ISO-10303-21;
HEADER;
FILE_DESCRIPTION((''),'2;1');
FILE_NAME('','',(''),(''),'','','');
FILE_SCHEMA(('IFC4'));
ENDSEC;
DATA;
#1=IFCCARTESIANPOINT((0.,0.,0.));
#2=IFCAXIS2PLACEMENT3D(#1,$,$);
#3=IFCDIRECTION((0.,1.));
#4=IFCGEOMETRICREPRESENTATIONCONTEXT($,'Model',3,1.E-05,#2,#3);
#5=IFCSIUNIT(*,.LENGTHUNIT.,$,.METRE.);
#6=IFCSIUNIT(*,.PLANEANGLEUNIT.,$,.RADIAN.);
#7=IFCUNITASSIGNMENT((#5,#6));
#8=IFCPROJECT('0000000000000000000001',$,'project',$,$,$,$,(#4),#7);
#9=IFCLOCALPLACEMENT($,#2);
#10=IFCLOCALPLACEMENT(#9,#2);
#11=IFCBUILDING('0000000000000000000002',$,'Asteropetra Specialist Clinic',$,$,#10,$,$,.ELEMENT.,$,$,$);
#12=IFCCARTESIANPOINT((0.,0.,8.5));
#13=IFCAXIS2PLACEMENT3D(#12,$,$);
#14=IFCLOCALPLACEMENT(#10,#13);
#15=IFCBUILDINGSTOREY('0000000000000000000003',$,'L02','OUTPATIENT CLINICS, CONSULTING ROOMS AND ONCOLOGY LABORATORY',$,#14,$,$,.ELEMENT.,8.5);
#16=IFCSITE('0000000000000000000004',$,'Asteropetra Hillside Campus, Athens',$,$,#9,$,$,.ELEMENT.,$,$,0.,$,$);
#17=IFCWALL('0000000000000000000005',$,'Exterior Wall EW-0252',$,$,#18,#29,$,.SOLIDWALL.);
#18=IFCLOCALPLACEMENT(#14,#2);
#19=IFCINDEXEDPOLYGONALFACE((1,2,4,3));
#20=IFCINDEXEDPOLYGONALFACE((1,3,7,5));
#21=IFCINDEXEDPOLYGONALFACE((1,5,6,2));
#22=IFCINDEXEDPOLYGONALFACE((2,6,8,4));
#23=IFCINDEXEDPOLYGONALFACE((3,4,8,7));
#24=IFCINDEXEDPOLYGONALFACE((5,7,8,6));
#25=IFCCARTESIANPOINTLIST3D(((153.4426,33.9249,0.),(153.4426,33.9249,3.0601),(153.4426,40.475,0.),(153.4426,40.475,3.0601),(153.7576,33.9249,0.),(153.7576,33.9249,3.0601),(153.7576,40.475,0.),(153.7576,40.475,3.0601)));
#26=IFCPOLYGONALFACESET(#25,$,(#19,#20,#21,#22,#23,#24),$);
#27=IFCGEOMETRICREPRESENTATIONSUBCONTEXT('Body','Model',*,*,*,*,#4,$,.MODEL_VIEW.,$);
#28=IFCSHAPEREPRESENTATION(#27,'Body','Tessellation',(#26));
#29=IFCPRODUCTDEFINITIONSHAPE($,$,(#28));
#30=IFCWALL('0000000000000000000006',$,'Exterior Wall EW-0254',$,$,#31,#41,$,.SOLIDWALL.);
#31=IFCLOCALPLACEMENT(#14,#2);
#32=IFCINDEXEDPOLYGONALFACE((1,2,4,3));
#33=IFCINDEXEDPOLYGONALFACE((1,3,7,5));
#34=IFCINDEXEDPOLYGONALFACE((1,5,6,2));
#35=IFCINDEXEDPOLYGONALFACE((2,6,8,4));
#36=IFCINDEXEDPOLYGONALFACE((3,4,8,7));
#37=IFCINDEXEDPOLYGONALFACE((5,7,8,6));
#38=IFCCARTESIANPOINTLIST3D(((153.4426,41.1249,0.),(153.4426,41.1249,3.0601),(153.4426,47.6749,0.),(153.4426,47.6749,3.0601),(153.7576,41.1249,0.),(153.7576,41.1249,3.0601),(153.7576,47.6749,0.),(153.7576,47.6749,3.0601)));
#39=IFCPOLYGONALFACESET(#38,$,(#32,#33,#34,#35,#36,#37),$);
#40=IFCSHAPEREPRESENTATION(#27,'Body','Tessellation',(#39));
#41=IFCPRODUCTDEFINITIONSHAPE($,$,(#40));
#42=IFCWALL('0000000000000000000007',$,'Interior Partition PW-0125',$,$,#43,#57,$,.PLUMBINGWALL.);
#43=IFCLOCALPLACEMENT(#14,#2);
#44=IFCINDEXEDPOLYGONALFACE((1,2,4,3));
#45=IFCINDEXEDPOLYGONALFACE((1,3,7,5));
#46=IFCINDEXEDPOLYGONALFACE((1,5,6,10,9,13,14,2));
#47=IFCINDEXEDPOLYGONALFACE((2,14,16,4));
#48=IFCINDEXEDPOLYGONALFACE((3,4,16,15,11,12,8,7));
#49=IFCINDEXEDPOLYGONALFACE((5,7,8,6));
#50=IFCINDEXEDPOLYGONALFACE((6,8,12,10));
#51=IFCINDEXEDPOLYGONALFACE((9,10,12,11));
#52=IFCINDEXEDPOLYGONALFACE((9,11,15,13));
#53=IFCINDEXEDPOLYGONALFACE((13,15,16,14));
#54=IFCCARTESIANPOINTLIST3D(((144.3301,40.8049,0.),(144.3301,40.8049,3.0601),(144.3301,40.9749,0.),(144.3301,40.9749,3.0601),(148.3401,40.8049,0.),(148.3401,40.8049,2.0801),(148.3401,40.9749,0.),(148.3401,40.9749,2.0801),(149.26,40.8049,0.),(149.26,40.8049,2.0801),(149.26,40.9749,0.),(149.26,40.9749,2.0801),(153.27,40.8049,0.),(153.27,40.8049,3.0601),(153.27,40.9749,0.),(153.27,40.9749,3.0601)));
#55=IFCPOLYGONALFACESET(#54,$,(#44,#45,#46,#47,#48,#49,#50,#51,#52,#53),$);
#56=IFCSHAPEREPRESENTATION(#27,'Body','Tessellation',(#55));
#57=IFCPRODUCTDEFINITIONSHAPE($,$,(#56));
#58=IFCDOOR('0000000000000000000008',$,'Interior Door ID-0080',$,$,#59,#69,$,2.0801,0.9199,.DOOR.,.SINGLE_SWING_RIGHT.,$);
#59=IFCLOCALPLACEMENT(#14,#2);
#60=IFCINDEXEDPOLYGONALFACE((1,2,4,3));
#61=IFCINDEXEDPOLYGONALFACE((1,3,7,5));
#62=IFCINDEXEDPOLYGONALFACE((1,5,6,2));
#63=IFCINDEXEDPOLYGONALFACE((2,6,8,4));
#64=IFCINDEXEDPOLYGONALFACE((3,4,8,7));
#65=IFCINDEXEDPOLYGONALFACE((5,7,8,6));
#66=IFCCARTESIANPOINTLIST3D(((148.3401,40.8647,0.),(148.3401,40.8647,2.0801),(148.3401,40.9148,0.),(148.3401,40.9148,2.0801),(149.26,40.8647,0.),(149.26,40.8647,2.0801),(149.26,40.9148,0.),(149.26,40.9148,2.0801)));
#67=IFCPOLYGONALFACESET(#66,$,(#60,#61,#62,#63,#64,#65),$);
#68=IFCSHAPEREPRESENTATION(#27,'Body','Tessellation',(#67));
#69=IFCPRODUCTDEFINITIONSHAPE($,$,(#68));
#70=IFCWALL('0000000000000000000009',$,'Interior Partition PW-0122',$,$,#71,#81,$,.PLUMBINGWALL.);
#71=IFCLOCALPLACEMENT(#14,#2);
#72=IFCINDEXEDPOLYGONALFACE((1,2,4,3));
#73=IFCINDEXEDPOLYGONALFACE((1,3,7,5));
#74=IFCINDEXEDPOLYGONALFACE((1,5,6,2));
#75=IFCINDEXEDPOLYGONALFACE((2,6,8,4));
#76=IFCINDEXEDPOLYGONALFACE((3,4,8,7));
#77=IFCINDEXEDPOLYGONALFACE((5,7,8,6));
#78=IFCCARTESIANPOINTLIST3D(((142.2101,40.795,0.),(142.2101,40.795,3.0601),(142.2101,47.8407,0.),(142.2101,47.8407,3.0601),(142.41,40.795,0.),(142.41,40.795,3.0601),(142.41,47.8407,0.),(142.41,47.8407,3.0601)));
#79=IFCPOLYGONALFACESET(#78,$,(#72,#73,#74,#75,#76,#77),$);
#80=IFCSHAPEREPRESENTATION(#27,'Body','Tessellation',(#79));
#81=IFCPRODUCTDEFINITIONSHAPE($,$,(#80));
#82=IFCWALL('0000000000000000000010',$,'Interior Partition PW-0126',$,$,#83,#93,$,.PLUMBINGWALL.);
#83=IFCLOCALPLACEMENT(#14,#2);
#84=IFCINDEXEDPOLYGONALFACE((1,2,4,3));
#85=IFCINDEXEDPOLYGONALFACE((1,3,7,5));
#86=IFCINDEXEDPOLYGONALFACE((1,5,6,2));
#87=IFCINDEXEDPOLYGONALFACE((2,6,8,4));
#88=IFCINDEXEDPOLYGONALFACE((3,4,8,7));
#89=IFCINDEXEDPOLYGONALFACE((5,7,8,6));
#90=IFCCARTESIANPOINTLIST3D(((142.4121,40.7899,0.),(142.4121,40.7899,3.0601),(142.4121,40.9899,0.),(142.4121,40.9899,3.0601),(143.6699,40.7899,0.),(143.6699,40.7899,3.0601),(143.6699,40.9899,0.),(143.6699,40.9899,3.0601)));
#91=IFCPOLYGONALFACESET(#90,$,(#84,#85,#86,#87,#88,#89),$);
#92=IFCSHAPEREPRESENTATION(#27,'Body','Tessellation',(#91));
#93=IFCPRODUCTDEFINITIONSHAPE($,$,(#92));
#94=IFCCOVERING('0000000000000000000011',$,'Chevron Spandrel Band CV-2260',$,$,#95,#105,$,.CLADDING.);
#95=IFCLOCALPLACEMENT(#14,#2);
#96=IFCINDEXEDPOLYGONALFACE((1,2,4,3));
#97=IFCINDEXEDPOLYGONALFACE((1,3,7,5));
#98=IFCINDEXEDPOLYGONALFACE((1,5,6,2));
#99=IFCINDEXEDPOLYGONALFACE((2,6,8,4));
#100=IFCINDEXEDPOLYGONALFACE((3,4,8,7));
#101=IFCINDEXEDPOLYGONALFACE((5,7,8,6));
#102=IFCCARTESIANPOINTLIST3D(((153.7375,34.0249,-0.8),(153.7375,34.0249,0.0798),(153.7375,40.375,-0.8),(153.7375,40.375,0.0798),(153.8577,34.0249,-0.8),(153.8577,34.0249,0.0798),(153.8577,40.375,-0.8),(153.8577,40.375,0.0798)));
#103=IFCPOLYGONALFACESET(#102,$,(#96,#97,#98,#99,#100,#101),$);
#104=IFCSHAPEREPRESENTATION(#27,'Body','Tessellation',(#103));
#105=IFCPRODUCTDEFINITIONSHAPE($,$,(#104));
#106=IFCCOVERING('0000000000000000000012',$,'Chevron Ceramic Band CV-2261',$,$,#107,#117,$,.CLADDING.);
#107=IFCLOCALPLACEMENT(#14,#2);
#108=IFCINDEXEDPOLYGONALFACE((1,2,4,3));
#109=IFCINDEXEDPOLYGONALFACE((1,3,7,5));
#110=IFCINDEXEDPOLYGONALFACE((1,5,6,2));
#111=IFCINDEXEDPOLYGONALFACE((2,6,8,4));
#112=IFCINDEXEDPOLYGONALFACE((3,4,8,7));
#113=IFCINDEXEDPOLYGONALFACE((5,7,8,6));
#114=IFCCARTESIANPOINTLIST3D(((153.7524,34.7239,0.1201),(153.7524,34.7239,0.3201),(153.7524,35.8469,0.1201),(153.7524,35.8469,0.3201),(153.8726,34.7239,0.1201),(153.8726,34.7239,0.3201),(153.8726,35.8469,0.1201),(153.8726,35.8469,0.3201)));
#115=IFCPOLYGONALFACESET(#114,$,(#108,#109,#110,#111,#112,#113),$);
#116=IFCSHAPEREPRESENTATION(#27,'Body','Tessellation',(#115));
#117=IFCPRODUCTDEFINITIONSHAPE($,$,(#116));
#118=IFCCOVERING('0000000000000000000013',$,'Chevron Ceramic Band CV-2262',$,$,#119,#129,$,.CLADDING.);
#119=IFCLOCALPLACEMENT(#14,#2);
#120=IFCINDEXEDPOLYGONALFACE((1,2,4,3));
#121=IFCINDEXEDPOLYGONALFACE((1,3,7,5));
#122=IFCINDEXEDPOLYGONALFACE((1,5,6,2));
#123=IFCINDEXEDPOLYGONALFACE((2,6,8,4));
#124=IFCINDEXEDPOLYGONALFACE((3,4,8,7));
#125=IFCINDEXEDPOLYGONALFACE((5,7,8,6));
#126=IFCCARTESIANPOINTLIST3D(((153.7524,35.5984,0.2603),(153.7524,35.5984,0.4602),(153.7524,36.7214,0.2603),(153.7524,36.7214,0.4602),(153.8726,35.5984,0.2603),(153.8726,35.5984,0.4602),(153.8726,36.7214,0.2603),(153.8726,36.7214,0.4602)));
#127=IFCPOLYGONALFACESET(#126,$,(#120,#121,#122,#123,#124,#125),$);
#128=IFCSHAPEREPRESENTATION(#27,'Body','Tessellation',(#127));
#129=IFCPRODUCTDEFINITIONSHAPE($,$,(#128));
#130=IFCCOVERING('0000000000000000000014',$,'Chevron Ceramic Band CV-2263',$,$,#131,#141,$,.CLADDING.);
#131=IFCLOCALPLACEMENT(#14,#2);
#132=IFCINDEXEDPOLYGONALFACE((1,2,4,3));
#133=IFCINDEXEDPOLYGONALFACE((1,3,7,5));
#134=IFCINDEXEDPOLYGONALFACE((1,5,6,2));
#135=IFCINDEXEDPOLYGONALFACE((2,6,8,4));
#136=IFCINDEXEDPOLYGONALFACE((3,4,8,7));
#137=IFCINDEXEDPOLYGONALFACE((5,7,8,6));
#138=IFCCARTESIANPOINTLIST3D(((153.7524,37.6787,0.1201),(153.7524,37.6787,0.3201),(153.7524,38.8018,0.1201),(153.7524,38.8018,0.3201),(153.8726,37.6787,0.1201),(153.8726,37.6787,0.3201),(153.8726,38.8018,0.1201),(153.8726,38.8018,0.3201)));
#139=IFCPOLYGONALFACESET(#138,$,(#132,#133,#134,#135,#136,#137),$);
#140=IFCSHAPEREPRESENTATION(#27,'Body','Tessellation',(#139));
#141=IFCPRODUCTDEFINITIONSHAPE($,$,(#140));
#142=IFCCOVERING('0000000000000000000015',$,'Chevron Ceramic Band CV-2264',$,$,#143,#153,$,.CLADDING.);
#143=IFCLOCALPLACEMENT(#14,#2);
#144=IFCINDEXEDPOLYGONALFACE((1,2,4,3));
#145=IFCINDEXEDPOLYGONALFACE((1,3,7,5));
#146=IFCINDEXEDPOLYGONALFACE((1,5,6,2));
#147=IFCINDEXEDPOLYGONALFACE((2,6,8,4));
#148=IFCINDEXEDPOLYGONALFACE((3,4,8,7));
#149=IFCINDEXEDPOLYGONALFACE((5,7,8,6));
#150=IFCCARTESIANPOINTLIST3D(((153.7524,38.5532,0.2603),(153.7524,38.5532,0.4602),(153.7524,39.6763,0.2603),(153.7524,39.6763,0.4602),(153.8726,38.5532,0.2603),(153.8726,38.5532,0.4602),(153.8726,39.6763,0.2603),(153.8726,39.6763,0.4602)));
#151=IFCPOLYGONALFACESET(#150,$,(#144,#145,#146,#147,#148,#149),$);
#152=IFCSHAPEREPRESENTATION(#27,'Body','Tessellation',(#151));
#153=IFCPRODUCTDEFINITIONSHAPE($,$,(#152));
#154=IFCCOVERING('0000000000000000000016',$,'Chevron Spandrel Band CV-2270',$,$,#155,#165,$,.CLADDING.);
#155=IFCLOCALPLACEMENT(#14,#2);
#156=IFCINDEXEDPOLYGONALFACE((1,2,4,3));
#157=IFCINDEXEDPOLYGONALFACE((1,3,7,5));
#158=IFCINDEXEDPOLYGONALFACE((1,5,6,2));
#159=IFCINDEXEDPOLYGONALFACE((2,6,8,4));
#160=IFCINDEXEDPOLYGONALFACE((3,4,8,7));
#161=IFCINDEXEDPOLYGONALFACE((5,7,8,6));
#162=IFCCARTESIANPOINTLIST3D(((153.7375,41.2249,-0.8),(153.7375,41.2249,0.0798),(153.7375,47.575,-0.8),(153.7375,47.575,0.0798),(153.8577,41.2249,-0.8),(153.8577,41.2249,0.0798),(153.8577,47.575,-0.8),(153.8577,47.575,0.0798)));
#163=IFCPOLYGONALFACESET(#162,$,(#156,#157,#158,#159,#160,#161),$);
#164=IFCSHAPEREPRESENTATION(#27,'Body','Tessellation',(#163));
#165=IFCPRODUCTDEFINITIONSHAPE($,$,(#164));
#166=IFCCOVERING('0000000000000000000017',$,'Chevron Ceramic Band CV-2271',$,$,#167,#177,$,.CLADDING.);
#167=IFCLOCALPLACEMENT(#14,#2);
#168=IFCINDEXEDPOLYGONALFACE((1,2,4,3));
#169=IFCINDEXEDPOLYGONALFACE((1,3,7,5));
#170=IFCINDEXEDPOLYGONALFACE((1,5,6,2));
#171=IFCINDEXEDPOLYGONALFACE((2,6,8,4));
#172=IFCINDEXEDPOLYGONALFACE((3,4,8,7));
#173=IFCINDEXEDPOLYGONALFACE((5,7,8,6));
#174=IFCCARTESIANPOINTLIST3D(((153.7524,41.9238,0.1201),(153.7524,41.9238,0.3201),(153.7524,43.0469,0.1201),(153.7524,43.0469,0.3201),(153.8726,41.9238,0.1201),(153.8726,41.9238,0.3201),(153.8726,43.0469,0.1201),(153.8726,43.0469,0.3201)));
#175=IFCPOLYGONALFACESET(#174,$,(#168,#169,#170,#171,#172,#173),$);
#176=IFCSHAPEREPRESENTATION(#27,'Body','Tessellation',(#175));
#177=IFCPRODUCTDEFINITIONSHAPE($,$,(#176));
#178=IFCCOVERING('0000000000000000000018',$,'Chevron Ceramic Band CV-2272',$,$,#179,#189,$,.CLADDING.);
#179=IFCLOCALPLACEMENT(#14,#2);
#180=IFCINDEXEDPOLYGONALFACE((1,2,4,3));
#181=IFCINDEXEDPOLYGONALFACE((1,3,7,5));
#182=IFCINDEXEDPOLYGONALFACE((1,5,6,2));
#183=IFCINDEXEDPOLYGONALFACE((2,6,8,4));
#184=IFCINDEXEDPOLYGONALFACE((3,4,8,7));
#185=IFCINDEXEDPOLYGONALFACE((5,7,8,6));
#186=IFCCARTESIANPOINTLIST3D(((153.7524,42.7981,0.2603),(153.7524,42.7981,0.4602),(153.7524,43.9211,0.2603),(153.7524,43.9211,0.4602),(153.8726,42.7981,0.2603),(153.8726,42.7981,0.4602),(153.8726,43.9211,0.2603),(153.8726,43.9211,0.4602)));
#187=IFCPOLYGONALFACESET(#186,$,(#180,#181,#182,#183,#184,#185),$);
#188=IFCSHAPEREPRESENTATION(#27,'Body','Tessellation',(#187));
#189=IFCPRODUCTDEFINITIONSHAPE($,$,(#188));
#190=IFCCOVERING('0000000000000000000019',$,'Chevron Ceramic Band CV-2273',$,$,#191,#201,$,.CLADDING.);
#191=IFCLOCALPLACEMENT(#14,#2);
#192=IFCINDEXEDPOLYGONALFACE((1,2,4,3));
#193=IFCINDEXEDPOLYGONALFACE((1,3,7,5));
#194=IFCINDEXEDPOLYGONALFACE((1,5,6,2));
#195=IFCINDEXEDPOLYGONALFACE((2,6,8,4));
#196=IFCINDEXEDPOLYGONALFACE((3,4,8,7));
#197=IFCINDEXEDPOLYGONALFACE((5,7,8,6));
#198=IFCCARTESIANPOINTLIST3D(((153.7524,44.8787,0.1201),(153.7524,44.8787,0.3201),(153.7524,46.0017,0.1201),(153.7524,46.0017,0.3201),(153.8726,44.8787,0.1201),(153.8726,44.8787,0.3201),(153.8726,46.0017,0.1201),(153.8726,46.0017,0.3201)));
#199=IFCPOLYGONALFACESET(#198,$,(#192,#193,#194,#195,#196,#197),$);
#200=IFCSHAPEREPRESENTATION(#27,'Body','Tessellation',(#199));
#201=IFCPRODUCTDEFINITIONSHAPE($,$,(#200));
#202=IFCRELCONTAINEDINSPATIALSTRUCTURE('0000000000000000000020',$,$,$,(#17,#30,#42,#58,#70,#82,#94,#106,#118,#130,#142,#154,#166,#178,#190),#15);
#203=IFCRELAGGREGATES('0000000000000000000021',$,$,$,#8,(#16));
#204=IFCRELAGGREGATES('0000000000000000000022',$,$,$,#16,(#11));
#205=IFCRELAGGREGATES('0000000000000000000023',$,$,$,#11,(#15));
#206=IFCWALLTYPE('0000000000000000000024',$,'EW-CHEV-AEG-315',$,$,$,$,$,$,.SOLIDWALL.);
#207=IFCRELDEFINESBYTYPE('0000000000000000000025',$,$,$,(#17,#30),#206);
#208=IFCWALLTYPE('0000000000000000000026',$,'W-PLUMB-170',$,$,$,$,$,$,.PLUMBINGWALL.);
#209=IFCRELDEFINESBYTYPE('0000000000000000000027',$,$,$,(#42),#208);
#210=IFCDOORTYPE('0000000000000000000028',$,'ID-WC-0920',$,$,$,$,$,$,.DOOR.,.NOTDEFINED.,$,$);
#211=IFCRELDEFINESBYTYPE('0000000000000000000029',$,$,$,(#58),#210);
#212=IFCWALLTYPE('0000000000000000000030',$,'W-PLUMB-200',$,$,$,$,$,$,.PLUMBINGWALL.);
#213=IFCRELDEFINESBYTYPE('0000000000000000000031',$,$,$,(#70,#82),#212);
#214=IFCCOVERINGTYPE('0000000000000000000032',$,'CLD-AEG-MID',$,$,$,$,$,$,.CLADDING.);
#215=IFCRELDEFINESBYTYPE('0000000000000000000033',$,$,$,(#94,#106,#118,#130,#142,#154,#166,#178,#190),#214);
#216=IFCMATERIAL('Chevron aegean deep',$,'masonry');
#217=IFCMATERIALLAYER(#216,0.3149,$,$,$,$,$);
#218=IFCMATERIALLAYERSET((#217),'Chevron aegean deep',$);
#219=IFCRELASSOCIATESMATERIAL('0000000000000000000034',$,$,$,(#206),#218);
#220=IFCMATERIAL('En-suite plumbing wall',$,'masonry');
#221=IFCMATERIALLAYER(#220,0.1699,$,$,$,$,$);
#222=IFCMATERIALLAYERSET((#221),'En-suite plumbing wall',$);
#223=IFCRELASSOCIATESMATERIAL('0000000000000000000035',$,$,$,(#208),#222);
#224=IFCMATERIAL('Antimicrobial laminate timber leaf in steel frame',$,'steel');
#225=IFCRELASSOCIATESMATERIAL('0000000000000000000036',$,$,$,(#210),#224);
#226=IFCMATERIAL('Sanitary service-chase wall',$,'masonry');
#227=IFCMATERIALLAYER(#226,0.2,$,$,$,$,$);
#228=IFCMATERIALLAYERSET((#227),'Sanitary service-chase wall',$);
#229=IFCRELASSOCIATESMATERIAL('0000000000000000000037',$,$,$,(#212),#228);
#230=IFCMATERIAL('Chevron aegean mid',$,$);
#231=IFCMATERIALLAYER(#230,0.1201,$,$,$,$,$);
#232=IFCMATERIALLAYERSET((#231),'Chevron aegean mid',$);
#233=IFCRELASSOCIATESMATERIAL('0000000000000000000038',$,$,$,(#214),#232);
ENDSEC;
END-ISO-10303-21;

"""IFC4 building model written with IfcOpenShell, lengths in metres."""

from ifc_helpers import new_model, si_unit, direction, frame, frame_2d, origin, origin_2d, place, context, subcontext, project, spatial, rectangle, extrude, material, layer, layer_set, type_object, element, fill, save


model = new_model("IFC4")

# Units and contexts
model_context = context("Model", 3, precision=1e-05, world=origin(), true_north=direction((0.0, 1.0)))
body_context = subcontext(model_context, "Body", "Model", "MODEL_VIEW")
ifc_project = project(units=[si_unit("LENGTHUNIT", "METRE"), si_unit("PLANEANGLEUNIT", "RADIAN")], contexts=[model_context])

# Site, building, storey
site_placement = place(None, origin())
site = spatial("IfcSite", under=ifc_project, at=site_placement, Name="Asteropetra Hillside Campus, Athens", CompositionType="ELEMENT", RefElevation=0.0)
building_placement = place(site_placement, origin())
building = spatial("IfcBuilding", under=site, at=building_placement, Name="Asteropetra Specialist Clinic", CompositionType="ELEMENT")
storey_placement = place(building_placement, frame((0.0, 0.0, 8.5)))
storey = spatial("IfcBuildingStorey", under=building, at=storey_placement, Name="L02", Description="OUTPATIENT CLINICS, CONSULTING ROOMS AND ONCOLOGY LABORATORY", CompositionType="ELEMENT", Elevation=8.5)

# Walls
ifc_material_1 = material(Name="Chevron aegean deep", Category="masonry")
ifc_layer_1 = layer(ifc_material_1, 0.3149)
ifc_layer_set_1 = layer_set([ifc_layer_1], Name="Chevron aegean deep")
wall_type_1 = type_object("IfcWallType", Name="EW-CHEV-AEG-315", PredefinedType="SOLIDWALL", material=ifc_layer_set_1)
for number, where, z_axis, x_axis, name in (
    (1, (153.6001, 33.925, 0.0), (0.0, 0.0, 1.0), (0.0, 1.0, 0.0), "Exterior Wall EW-0252"),
    (2, (153.6001, 41.125, 0.0), (0.0, 0.0, 1.0), (0.0, 1.0, 0.0), "Exterior Wall EW-0254"),
):
    element("IfcWall", number, at=place(storey_placement, frame(where, z_axis=z_axis, x_axis=x_axis)), inside=storey, type_object=wall_type_1, Name=name, PredefinedType="SOLIDWALL", context=body_context, shape_type="SweptSolid", body=[
        extrude(rectangle(XDim=6.55, YDim=0.3149, at=frame_2d((3.2749, 0.0))), origin(), (0.0, 0.0, 1.0), 3.0601),
    ])

# Wall, opening, door
ifc_material_2 = material(Name="En-suite plumbing wall", Category="masonry")
ifc_layer_2 = layer(ifc_material_2, 0.1699)
ifc_layer_set_2 = layer_set([ifc_layer_2], Name="En-suite plumbing wall")
wall_type_2 = type_object("IfcWallType", Name="W-PLUMB-170", PredefinedType="PLUMBINGWALL", material=ifc_layer_set_2)
wall_1_placement = place(storey_placement, frame((144.3301, 40.8899, 0.0), z_axis=(0.0, 0.0, 1.0), x_axis=(1.0, 0.0, 0.0)))
wall_1 = element("IfcWall", 3, at=wall_1_placement, inside=storey, type_object=wall_type_2, Name="Interior Partition PW-0125", PredefinedType="PLUMBINGWALL", context=body_context, shape_type="SweptSolid", body=[
    extrude(rectangle(XDim=8.9399, YDim=0.1699, at=frame_2d((4.47, 0.0))), origin(), (0.0, 0.0, 1.0), 3.0601),
])
opening_placement = place(wall_1_placement, frame((4.01, 0.0, 0.0)))
opening = element("IfcOpeningElement", 4, at=opening_placement, cuts=wall_1, PredefinedType="OPENING", context=body_context, shape_type="SweptSolid", body=[
    extrude(rectangle(XDim=0.9199, YDim=2.0801, at=frame_2d((0.46, 1.04))), frame((0.0, 0.095, 0.0), z_axis=(0.0, -1.0, 0.0), x_axis=(1.0, 0.0, 0.0)), (0.0, 0.0, 1.0), 0.1899),
])
ifc_material_3 = material(Name="Antimicrobial laminate timber leaf in steel frame", Category="steel")
door_type = type_object("IfcDoorType", Name="ID-WC-0920", OperationType="NOTDEFINED", PredefinedType="DOOR", material=ifc_material_3)
door_placement = place(opening_placement, origin())
door = element("IfcDoor", 5, at=door_placement, inside=storey, type_object=door_type, Name="Interior Door ID-0080", OperationType="SINGLE_SWING_RIGHT", OverallHeight=2.0801, OverallWidth=0.9199, PredefinedType="DOOR", context=body_context, shape_type="SweptSolid", body=[
    extrude(rectangle(XDim=0.9199, YDim=2.0801, at=frame_2d((0.46, 1.04))), frame((0.0, 0.0249, 0.0), z_axis=(0.0, -1.0, 0.0), x_axis=(1.0, 0.0, 0.0)), (0.0, 0.0, 1.0), 0.05),
])
fill(opening, door)

# Walls
ifc_material_4 = material(Name="Sanitary service-chase wall", Category="masonry")
ifc_layer_3 = layer(ifc_material_4, 0.2)
ifc_layer_set_3 = layer_set([ifc_layer_3], Name="Sanitary service-chase wall")
wall_type_3 = type_object("IfcWallType", Name="W-PLUMB-200", PredefinedType="PLUMBINGWALL", material=ifc_layer_set_3)
wall_2_placement = place(storey_placement, frame((142.3101, 40.7949, 0.0), z_axis=(0.0, 0.0, 1.0), x_axis=(0.0, 1.0, 0.0)))
element("IfcWall", 6, at=wall_2_placement, inside=storey, type_object=wall_type_3, Name="Interior Partition PW-0122", PredefinedType="PLUMBINGWALL", context=body_context, shape_type="SweptSolid", body=[
    extrude(rectangle(XDim=7.0457, YDim=0.2, at=frame_2d((3.5229, 0.0))), origin(), (0.0, 0.0, 1.0), 3.0601),
])
wall_3_placement = place(storey_placement, frame((142.4121, 40.8899, 0.0), z_axis=(0.0, 0.0, 1.0), x_axis=(1.0, 0.0, 0.0)))
element("IfcWall", 7, at=wall_3_placement, inside=storey, type_object=wall_type_3, Name="Interior Partition PW-0126", PredefinedType="PLUMBINGWALL", context=body_context, shape_type="SweptSolid", body=[
    extrude(rectangle(XDim=1.2578, YDim=0.2, at=frame_2d((0.6289, 0.0))), origin(), (0.0, 0.0, 1.0), 3.0601),
])

# Coverings
ifc_material_5 = material(Name="Chevron aegean mid")
ifc_layer_4 = layer(ifc_material_5, 0.1201)
ifc_layer_set_4 = layer_set([ifc_layer_4], Name="Chevron aegean mid")
covering_type = type_object("IfcCoveringType", Name="CLD-AEG-MID", PredefinedType="CLADDING", material=ifc_layer_set_4)
covering_1_placement = place(storey_placement, frame((153.7976, 37.2, -0.8), z_axis=(0.0, 0.0, 1.0), x_axis=(1.0, 0.0, 0.0)))
element("IfcCovering", 8, at=covering_1_placement, inside=storey, type_object=covering_type, Name="Chevron Spandrel Band CV-2260", PredefinedType="CLADDING", context=body_context, shape_type="SweptSolid", body=[
    extrude(rectangle(XDim=0.1201, YDim=6.3501, at=origin_2d()), origin(), (0.0, 0.0, 1.0), 0.8799),
])
for number, where, z_axis, x_axis, name in (
    (9, (153.8125, 35.2854, 0.1201), (0.0, 0.0, 1.0), (1.0, 0.0, 0.0), "Chevron Ceramic Band CV-2261"),
    (10, (153.8125, 36.1599, 0.2603), (0.0, 0.0, 1.0), (1.0, 0.0, 0.0), "Chevron Ceramic Band CV-2262"),
    (11, (153.8125, 38.2402, 0.1201), (0.0, 0.0, 1.0), (1.0, 0.0, 0.0), "Chevron Ceramic Band CV-2263"),
    (12, (153.8125, 39.1147, 0.2603), (0.0, 0.0, 1.0), (1.0, 0.0, 0.0), "Chevron Ceramic Band CV-2264"),
):
    element("IfcCovering", number, at=place(storey_placement, frame(where, z_axis=z_axis, x_axis=x_axis)), inside=storey, type_object=covering_type, Name=name, PredefinedType="CLADDING", context=body_context, shape_type="SweptSolid", body=[
        extrude(rectangle(XDim=0.1201, YDim=1.123, at=origin_2d()), origin(), (0.0, 0.0, 1.0), 0.2),
    ])
covering_2_placement = place(storey_placement, frame((153.7976, 44.3999, -0.8), z_axis=(0.0, 0.0, 1.0), x_axis=(1.0, 0.0, 0.0)))
element("IfcCovering", 13, at=covering_2_placement, inside=storey, type_object=covering_type, Name="Chevron Spandrel Band CV-2270", PredefinedType="CLADDING", context=body_context, shape_type="SweptSolid", body=[
    extrude(rectangle(XDim=0.1201, YDim=6.3501, at=origin_2d()), origin(), (0.0, 0.0, 1.0), 0.8799),
])
for number, where, z_axis, x_axis, name in (
    (14, (153.8125, 42.4854, 0.1201), (0.0, 0.0, 1.0), (1.0, 0.0, 0.0), "Chevron Ceramic Band CV-2271"),
    (15, (153.8125, 43.3596, 0.2603), (0.0, 0.0, 1.0), (1.0, 0.0, 0.0), "Chevron Ceramic Band CV-2272"),
    (16, (153.8125, 45.4402, 0.1201), (0.0, 0.0, 1.0), (1.0, 0.0, 0.0), "Chevron Ceramic Band CV-2273"),
):
    element("IfcCovering", number, at=place(storey_placement, frame(where, z_axis=z_axis, x_axis=x_axis)), inside=storey, type_object=covering_type, Name=name, PredefinedType="CLADDING", context=body_context, shape_type="SweptSolid", body=[
        extrude(rectangle(XDim=0.1201, YDim=1.123, at=origin_2d()), origin(), (0.0, 0.0, 1.0), 0.2),
    ])

save(model, "model.ifc")
